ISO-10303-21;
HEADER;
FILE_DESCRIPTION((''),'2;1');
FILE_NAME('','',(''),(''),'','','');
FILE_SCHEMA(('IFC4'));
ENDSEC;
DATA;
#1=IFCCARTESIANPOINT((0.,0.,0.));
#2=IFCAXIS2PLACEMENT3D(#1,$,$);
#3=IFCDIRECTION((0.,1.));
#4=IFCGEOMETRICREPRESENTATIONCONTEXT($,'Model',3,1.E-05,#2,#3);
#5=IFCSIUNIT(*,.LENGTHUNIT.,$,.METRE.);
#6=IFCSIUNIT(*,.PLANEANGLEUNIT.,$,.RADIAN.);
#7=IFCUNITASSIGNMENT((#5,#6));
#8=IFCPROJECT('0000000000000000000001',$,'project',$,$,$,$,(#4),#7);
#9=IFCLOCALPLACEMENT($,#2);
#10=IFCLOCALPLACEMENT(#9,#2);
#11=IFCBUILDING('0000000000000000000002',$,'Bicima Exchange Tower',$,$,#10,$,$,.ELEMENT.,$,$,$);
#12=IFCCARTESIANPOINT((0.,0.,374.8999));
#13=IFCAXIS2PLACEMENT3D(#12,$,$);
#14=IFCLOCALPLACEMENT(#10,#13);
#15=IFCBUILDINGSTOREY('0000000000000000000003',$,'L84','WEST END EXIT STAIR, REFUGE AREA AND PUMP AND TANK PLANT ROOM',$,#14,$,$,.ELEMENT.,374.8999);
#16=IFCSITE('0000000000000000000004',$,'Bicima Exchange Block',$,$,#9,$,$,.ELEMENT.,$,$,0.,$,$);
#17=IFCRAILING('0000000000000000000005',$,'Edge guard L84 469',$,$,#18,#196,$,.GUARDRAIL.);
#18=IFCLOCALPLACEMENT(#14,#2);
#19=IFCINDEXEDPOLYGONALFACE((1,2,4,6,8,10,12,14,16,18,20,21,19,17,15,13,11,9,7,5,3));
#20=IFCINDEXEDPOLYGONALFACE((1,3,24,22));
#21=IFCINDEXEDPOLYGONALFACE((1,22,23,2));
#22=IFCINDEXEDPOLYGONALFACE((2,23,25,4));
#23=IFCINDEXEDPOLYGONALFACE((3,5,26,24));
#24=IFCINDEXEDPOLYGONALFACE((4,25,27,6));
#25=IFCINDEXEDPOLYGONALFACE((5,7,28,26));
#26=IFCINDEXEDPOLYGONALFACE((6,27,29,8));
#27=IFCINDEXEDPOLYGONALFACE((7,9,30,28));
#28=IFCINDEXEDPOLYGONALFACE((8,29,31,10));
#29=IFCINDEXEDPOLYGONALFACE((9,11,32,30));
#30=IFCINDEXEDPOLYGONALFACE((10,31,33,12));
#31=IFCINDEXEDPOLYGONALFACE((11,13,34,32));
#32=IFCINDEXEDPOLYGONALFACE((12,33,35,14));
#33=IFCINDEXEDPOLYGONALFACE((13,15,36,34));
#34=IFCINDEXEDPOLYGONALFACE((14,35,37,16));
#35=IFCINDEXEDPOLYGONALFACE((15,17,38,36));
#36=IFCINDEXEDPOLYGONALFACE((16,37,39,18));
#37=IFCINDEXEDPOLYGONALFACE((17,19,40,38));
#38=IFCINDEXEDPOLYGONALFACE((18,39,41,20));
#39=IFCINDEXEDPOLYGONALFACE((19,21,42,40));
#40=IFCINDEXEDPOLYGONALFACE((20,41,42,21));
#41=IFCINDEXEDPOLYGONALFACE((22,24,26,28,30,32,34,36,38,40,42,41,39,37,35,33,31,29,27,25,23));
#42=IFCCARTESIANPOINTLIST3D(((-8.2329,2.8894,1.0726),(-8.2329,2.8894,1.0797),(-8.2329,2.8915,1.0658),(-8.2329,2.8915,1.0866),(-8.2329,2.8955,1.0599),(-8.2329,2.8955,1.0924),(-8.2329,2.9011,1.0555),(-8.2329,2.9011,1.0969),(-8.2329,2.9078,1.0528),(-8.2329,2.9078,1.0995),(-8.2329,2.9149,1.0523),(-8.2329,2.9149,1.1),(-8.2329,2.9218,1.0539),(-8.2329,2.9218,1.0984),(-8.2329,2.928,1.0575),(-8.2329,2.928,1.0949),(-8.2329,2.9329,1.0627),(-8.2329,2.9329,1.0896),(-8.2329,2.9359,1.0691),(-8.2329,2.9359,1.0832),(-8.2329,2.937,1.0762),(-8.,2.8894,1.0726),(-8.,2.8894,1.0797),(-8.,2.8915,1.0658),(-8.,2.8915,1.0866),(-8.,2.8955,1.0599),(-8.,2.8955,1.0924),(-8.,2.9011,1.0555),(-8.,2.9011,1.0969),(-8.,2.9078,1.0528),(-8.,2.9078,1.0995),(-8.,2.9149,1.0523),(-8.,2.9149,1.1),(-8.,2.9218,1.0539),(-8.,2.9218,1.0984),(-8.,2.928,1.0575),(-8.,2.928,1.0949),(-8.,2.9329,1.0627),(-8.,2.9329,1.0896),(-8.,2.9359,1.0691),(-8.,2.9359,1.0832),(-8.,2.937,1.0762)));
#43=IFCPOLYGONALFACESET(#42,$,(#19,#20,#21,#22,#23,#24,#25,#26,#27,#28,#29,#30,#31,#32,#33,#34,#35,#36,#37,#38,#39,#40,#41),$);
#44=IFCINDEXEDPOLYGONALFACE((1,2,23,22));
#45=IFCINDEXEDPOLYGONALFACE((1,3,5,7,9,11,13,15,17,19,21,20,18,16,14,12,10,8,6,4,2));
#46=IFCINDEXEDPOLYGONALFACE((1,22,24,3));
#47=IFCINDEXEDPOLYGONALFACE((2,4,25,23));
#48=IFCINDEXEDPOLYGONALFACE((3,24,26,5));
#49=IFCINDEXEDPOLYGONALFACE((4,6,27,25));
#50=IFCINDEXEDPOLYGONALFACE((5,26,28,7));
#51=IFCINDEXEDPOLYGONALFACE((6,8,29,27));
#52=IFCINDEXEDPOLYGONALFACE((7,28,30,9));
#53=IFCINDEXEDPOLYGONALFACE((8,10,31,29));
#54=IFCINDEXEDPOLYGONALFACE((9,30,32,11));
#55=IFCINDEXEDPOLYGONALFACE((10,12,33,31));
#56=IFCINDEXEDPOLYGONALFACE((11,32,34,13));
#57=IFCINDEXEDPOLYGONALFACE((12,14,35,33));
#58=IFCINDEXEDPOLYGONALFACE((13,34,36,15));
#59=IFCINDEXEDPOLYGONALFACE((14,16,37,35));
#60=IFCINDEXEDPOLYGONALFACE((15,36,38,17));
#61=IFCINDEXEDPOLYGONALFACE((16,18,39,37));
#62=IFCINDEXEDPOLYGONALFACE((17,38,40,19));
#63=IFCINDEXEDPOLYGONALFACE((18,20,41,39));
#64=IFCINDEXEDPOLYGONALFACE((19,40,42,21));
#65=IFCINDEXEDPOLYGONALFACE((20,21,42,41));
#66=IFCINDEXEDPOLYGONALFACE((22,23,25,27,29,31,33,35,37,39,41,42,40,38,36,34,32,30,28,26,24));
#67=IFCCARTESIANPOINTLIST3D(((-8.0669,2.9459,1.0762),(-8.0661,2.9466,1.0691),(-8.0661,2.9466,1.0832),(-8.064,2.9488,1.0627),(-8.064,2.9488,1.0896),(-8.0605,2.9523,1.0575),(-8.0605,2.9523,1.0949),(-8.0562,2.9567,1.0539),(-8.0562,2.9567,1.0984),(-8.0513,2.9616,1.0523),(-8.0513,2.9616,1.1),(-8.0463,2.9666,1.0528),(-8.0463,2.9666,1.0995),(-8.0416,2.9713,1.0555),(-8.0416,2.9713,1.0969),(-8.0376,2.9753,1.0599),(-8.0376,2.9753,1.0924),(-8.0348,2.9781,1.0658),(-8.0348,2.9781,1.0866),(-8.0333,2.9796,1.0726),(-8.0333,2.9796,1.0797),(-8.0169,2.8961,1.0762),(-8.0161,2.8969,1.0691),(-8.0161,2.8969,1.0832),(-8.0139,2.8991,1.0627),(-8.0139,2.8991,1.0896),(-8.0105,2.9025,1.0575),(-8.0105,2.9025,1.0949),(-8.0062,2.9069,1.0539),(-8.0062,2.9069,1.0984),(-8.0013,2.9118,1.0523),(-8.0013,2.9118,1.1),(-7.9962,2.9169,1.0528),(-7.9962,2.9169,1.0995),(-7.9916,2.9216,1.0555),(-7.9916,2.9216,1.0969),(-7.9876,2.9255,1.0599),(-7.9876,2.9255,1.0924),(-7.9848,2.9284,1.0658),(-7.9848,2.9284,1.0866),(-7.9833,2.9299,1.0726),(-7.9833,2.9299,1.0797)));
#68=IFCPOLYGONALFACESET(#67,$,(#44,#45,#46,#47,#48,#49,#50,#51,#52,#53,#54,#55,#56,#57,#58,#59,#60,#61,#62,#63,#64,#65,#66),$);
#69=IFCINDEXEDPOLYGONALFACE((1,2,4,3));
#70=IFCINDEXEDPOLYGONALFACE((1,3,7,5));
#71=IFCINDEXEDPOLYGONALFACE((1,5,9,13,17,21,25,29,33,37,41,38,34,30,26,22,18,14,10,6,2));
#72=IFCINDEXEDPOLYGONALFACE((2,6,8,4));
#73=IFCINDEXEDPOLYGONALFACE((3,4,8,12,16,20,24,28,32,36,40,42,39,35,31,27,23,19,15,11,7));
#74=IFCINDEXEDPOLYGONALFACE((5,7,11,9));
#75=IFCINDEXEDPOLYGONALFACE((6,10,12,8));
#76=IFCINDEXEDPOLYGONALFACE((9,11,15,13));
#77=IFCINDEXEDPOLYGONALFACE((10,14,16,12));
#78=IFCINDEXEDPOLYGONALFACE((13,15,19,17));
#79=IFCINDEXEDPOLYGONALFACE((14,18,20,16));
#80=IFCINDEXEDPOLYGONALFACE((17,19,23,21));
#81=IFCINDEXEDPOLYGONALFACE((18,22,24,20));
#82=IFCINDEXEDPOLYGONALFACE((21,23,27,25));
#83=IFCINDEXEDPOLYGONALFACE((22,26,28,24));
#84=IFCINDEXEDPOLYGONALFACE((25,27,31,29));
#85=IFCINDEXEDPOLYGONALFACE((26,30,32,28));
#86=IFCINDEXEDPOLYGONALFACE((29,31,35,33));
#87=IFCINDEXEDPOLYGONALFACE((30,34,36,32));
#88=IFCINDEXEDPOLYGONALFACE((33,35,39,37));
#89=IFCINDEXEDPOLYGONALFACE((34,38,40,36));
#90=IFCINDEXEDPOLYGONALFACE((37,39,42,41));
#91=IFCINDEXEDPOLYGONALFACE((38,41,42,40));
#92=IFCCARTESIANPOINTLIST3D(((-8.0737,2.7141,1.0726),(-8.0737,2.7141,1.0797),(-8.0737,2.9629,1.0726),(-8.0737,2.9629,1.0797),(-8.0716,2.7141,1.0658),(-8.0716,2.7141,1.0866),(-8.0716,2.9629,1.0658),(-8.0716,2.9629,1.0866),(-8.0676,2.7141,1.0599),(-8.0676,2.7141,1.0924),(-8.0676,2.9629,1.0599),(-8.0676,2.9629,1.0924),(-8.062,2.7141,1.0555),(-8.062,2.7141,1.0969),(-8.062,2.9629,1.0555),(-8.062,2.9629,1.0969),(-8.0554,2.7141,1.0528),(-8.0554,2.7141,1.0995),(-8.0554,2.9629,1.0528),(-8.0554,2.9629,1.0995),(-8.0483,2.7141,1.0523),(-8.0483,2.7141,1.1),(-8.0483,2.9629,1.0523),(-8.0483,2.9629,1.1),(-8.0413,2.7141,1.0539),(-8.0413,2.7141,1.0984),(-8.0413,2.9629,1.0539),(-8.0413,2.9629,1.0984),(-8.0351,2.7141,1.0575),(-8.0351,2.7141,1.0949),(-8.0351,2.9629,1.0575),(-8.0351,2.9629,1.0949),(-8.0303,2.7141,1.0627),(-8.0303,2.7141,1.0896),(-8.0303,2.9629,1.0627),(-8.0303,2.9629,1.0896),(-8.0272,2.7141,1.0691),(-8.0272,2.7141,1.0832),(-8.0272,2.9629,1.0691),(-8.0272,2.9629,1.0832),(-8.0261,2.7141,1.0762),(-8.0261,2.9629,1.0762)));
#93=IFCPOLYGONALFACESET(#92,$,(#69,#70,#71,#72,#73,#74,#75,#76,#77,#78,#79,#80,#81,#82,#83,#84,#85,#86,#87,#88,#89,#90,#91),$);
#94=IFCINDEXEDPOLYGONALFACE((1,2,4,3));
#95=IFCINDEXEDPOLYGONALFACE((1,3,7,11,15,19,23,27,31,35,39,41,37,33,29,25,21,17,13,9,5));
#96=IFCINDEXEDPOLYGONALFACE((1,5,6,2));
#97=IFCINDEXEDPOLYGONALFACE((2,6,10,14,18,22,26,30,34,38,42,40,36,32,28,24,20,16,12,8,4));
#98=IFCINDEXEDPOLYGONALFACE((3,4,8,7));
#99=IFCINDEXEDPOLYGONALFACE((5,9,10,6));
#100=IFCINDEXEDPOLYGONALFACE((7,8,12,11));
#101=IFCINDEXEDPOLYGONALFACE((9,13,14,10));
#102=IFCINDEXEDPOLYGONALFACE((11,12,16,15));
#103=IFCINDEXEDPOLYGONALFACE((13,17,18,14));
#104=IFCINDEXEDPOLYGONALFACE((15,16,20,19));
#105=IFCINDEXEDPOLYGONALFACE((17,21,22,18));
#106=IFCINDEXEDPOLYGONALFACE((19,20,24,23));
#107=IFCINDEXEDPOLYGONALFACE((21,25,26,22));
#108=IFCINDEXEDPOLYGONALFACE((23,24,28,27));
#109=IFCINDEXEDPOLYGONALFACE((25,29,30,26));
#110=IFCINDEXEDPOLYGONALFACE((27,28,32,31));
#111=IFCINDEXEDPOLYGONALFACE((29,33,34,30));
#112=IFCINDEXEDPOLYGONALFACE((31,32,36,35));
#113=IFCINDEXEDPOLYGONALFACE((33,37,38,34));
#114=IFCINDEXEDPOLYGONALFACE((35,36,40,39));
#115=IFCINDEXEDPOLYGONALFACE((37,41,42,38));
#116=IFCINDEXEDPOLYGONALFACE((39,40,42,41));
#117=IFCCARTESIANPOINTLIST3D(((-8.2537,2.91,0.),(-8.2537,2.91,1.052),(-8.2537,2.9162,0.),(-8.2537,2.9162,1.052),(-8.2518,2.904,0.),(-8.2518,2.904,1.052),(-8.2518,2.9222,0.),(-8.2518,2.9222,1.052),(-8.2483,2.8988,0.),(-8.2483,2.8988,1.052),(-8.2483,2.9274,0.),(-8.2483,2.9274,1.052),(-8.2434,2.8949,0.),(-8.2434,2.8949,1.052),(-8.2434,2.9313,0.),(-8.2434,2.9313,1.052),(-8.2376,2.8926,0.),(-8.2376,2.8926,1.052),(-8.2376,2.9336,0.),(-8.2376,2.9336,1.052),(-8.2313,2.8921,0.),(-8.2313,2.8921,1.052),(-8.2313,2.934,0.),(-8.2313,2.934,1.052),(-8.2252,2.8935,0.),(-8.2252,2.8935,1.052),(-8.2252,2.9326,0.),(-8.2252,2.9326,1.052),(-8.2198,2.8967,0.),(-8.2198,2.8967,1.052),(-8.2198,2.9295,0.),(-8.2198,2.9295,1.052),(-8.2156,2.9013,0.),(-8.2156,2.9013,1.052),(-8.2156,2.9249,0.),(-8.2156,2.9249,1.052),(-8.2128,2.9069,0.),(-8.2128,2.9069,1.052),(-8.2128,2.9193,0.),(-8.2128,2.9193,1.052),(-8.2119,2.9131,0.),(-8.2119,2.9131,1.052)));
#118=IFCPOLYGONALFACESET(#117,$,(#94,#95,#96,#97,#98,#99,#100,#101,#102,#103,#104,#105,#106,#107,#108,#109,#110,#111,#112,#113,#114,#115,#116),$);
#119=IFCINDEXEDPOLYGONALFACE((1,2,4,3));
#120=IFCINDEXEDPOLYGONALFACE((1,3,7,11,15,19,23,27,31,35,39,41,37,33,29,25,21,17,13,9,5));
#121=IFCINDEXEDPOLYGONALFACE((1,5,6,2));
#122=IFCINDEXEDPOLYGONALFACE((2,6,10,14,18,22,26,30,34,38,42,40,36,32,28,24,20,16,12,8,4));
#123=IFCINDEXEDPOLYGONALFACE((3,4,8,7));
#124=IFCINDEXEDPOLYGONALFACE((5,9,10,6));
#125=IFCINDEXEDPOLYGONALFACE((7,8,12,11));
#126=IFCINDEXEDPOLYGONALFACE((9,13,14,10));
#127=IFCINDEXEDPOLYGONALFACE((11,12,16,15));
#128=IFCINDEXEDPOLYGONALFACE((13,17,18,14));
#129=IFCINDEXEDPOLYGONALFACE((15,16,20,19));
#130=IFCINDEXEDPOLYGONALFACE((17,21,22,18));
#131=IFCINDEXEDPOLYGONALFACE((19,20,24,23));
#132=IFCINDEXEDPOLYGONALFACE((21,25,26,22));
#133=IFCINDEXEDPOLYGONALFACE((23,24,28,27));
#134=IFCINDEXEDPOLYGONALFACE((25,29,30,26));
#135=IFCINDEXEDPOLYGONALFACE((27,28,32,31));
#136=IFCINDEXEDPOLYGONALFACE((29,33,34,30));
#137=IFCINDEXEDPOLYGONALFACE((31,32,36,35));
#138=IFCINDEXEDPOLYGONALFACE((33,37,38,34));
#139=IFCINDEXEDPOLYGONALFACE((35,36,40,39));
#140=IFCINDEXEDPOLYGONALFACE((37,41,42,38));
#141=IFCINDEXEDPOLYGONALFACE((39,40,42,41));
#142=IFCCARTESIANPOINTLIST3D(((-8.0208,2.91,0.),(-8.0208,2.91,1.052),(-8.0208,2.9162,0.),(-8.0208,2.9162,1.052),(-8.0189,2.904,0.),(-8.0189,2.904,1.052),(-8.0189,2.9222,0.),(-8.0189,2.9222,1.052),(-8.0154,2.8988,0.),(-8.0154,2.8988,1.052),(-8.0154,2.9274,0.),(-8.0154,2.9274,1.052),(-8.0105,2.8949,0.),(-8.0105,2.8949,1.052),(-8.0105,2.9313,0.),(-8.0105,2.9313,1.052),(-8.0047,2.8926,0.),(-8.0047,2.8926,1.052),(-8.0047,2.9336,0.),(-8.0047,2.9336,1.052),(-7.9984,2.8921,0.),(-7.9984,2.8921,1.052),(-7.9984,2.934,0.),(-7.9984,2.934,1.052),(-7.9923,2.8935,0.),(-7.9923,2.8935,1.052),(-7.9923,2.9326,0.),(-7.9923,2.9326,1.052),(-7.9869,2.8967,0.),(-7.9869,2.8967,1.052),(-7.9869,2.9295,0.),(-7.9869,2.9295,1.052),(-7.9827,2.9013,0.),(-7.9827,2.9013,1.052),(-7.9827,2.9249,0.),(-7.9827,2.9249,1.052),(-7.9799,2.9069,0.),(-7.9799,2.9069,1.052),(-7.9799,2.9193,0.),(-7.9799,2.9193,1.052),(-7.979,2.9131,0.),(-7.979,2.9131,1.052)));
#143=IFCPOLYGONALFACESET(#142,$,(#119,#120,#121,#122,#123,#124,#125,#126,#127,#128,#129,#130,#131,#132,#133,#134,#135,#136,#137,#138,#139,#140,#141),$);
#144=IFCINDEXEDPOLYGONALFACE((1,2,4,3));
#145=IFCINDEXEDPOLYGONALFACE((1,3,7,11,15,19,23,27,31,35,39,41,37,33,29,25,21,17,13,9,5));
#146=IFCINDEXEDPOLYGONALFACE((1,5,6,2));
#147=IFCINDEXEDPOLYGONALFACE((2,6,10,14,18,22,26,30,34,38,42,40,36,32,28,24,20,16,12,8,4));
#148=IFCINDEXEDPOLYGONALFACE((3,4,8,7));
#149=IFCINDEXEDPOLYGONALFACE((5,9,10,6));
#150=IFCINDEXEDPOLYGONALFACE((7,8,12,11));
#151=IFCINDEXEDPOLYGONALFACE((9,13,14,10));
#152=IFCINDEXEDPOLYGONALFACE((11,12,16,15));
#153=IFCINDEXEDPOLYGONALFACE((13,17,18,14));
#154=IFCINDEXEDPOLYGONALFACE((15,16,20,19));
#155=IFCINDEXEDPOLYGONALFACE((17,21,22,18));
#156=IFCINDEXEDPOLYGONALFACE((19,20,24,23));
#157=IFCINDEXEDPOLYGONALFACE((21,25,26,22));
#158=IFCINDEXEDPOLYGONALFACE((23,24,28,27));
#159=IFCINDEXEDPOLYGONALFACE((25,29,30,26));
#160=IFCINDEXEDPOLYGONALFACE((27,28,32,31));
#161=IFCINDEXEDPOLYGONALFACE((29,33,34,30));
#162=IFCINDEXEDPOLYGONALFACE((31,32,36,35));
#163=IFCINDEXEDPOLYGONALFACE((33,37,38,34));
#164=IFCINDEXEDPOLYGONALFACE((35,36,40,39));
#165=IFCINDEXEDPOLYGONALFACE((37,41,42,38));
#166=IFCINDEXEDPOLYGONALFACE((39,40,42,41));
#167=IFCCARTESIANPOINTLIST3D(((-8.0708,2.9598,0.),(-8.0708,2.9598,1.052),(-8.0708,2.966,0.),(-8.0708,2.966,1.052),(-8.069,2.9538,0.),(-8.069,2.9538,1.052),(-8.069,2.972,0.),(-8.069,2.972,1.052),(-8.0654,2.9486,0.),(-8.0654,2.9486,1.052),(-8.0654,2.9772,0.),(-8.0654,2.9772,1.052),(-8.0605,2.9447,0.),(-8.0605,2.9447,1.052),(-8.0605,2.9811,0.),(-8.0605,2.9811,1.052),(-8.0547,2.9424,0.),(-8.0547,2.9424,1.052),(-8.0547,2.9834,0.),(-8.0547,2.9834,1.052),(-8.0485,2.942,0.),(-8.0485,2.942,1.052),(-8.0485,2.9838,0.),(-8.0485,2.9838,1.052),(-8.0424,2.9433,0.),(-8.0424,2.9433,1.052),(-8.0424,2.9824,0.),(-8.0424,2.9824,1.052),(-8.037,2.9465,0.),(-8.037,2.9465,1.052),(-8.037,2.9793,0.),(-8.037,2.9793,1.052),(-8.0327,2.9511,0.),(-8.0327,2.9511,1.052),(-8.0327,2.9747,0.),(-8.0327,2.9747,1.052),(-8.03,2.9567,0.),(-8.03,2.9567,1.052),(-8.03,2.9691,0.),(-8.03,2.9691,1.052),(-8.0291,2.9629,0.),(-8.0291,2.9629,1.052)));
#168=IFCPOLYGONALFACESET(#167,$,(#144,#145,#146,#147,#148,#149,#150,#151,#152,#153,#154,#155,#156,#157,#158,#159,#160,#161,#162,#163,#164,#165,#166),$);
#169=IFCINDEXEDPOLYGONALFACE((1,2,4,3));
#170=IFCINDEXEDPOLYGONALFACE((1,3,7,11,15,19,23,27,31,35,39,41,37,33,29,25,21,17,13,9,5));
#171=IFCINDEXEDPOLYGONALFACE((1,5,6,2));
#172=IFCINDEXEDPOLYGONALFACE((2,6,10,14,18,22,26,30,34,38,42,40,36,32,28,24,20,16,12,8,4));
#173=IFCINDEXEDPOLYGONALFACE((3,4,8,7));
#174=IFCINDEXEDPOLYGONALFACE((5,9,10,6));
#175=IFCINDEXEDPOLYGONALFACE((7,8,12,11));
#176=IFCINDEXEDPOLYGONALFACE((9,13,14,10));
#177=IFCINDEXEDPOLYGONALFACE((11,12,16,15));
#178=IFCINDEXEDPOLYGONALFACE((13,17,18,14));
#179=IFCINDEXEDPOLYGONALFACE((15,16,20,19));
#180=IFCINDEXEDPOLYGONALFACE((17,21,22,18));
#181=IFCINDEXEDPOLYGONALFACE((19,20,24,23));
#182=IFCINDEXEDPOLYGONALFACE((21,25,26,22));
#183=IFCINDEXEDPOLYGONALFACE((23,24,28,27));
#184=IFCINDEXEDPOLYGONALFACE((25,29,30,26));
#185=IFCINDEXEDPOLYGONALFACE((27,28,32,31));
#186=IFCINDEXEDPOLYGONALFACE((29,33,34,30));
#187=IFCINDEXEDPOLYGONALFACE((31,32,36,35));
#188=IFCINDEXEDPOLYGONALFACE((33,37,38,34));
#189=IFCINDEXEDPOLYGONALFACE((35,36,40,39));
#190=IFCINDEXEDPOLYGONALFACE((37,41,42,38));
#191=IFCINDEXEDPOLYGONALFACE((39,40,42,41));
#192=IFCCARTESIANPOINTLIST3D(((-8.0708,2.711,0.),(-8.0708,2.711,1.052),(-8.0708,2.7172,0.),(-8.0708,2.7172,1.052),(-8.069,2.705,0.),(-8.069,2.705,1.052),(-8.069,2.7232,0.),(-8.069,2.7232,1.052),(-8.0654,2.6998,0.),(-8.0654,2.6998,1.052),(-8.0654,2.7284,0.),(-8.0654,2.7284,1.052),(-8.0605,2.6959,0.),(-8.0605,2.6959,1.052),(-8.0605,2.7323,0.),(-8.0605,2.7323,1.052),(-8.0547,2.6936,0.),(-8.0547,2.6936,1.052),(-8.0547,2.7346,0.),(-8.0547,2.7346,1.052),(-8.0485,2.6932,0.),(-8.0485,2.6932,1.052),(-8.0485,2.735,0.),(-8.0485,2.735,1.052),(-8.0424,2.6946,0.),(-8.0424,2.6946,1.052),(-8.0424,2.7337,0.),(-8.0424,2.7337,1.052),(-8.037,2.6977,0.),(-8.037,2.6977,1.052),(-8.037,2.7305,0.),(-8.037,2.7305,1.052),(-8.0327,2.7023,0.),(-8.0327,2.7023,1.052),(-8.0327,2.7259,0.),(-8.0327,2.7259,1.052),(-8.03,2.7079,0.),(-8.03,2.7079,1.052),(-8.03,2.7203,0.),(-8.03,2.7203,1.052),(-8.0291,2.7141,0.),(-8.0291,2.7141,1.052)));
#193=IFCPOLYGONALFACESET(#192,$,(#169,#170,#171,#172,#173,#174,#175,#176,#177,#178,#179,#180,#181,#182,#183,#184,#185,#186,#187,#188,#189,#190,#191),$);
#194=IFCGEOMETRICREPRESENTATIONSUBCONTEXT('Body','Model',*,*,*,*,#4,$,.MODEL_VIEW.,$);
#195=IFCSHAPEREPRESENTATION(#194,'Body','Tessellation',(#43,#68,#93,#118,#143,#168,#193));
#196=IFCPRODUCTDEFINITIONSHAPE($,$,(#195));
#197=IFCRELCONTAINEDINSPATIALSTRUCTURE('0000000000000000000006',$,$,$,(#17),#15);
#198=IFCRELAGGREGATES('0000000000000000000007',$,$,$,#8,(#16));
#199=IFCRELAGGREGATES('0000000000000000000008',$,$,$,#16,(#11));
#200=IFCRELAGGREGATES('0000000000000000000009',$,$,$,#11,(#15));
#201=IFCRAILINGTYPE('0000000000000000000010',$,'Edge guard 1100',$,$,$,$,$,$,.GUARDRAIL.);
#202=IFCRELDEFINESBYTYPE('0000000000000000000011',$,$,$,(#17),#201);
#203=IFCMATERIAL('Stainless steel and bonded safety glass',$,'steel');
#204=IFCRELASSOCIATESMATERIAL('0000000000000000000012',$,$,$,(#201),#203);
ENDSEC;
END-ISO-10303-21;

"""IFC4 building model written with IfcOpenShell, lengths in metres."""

from ifc_helpers import new_model, si_unit, direction, frame, origin, origin_2d, place, context, subcontext, project, spatial, circle, extrude, material, type_object, element, save


model = new_model("IFC4")

# Units and contexts
model_context = context("Model", 3, precision=1e-05, world=origin(), true_north=direction((0.0, 1.0)))
body_context = subcontext(model_context, "Body", "Model", "MODEL_VIEW")
ifc_project = project(units=[si_unit("LENGTHUNIT", "METRE"), si_unit("PLANEANGLEUNIT", "RADIAN")], contexts=[model_context])

# Site, building, storey
site_placement = place(None, origin())
site = spatial("IfcSite", under=ifc_project, at=site_placement, Name="Bicima Exchange Block", CompositionType="ELEMENT", RefElevation=0.0)
building_placement = place(site_placement, origin())
building = spatial("IfcBuilding", under=site, at=building_placement, Name="Bicima Exchange Tower", CompositionType="ELEMENT")
storey_placement = place(building_placement, frame((0.0, 0.0, 374.8999)))
storey = spatial("IfcBuildingStorey", under=building, at=storey_placement, Name="L84", Description="WEST END EXIT STAIR, REFUGE AREA AND PUMP AND TANK PLANT ROOM", CompositionType="ELEMENT", Elevation=374.8999)

# Railing
ifc_material_1 = material(Name="Stainless steel and bonded safety glass", Category="steel")
railing_type_1 = type_object("IfcRailingType", Name="Edge guard 1100", PredefinedType="GUARDRAIL", material=ifc_material_1)
railing_1_placement = place(storey_placement, frame((-8.2329, 2.9131, 0.0)))
element("IfcRailing", 1, at=railing_1_placement, inside=storey, type_object=railing_type_1, Name="Edge guard L84 469", PredefinedType="GUARDRAIL", context=body_context, shape_type="SweptSolid", body=[
    extrude(circle(Radius=0.0239, at=origin_2d()), frame((0.0, 0.0, 1.0762), z_axis=(1.0, 0.0, 0.0), x_axis=(0.0, 1.0, 0.0)), (0.0, 0.0, 1.0), 0.2329),
    extrude(circle(Radius=0.0239, at=origin_2d()), frame((0.2329, 0.0, 1.0762), z_axis=(-0.708834, 0.705376, 0.0), x_axis=(-0.705376, -0.708834, 0.0)), (0.0, 0.0, 1.0), 0.0706),
    extrude(circle(Radius=0.0239, at=origin_2d()), frame((0.1829, 0.0498, 1.0762), z_axis=(0.0, -1.0, 0.0), x_axis=(1.0, 0.0, 0.0)), (0.0, 0.0, 1.0), 0.2488),
    extrude(circle(Radius=0.021, at=origin_2d()), origin(), (0.0, 0.0, 1.0), 1.052),
    extrude(circle(Radius=0.021, at=origin_2d()), frame((0.2329, 0.0, 0.0)), (0.0, 0.0, 1.0), 1.052),
    extrude(circle(Radius=0.021, at=origin_2d()), frame((0.1829, 0.0498, 0.0)), (0.0, 0.0, 1.0), 1.052),
    extrude(circle(Radius=0.021, at=origin_2d()), frame((0.1829, -0.199, 0.0)), (0.0, 0.0, 1.0), 1.052),
])

save(model, "model.ifc")
